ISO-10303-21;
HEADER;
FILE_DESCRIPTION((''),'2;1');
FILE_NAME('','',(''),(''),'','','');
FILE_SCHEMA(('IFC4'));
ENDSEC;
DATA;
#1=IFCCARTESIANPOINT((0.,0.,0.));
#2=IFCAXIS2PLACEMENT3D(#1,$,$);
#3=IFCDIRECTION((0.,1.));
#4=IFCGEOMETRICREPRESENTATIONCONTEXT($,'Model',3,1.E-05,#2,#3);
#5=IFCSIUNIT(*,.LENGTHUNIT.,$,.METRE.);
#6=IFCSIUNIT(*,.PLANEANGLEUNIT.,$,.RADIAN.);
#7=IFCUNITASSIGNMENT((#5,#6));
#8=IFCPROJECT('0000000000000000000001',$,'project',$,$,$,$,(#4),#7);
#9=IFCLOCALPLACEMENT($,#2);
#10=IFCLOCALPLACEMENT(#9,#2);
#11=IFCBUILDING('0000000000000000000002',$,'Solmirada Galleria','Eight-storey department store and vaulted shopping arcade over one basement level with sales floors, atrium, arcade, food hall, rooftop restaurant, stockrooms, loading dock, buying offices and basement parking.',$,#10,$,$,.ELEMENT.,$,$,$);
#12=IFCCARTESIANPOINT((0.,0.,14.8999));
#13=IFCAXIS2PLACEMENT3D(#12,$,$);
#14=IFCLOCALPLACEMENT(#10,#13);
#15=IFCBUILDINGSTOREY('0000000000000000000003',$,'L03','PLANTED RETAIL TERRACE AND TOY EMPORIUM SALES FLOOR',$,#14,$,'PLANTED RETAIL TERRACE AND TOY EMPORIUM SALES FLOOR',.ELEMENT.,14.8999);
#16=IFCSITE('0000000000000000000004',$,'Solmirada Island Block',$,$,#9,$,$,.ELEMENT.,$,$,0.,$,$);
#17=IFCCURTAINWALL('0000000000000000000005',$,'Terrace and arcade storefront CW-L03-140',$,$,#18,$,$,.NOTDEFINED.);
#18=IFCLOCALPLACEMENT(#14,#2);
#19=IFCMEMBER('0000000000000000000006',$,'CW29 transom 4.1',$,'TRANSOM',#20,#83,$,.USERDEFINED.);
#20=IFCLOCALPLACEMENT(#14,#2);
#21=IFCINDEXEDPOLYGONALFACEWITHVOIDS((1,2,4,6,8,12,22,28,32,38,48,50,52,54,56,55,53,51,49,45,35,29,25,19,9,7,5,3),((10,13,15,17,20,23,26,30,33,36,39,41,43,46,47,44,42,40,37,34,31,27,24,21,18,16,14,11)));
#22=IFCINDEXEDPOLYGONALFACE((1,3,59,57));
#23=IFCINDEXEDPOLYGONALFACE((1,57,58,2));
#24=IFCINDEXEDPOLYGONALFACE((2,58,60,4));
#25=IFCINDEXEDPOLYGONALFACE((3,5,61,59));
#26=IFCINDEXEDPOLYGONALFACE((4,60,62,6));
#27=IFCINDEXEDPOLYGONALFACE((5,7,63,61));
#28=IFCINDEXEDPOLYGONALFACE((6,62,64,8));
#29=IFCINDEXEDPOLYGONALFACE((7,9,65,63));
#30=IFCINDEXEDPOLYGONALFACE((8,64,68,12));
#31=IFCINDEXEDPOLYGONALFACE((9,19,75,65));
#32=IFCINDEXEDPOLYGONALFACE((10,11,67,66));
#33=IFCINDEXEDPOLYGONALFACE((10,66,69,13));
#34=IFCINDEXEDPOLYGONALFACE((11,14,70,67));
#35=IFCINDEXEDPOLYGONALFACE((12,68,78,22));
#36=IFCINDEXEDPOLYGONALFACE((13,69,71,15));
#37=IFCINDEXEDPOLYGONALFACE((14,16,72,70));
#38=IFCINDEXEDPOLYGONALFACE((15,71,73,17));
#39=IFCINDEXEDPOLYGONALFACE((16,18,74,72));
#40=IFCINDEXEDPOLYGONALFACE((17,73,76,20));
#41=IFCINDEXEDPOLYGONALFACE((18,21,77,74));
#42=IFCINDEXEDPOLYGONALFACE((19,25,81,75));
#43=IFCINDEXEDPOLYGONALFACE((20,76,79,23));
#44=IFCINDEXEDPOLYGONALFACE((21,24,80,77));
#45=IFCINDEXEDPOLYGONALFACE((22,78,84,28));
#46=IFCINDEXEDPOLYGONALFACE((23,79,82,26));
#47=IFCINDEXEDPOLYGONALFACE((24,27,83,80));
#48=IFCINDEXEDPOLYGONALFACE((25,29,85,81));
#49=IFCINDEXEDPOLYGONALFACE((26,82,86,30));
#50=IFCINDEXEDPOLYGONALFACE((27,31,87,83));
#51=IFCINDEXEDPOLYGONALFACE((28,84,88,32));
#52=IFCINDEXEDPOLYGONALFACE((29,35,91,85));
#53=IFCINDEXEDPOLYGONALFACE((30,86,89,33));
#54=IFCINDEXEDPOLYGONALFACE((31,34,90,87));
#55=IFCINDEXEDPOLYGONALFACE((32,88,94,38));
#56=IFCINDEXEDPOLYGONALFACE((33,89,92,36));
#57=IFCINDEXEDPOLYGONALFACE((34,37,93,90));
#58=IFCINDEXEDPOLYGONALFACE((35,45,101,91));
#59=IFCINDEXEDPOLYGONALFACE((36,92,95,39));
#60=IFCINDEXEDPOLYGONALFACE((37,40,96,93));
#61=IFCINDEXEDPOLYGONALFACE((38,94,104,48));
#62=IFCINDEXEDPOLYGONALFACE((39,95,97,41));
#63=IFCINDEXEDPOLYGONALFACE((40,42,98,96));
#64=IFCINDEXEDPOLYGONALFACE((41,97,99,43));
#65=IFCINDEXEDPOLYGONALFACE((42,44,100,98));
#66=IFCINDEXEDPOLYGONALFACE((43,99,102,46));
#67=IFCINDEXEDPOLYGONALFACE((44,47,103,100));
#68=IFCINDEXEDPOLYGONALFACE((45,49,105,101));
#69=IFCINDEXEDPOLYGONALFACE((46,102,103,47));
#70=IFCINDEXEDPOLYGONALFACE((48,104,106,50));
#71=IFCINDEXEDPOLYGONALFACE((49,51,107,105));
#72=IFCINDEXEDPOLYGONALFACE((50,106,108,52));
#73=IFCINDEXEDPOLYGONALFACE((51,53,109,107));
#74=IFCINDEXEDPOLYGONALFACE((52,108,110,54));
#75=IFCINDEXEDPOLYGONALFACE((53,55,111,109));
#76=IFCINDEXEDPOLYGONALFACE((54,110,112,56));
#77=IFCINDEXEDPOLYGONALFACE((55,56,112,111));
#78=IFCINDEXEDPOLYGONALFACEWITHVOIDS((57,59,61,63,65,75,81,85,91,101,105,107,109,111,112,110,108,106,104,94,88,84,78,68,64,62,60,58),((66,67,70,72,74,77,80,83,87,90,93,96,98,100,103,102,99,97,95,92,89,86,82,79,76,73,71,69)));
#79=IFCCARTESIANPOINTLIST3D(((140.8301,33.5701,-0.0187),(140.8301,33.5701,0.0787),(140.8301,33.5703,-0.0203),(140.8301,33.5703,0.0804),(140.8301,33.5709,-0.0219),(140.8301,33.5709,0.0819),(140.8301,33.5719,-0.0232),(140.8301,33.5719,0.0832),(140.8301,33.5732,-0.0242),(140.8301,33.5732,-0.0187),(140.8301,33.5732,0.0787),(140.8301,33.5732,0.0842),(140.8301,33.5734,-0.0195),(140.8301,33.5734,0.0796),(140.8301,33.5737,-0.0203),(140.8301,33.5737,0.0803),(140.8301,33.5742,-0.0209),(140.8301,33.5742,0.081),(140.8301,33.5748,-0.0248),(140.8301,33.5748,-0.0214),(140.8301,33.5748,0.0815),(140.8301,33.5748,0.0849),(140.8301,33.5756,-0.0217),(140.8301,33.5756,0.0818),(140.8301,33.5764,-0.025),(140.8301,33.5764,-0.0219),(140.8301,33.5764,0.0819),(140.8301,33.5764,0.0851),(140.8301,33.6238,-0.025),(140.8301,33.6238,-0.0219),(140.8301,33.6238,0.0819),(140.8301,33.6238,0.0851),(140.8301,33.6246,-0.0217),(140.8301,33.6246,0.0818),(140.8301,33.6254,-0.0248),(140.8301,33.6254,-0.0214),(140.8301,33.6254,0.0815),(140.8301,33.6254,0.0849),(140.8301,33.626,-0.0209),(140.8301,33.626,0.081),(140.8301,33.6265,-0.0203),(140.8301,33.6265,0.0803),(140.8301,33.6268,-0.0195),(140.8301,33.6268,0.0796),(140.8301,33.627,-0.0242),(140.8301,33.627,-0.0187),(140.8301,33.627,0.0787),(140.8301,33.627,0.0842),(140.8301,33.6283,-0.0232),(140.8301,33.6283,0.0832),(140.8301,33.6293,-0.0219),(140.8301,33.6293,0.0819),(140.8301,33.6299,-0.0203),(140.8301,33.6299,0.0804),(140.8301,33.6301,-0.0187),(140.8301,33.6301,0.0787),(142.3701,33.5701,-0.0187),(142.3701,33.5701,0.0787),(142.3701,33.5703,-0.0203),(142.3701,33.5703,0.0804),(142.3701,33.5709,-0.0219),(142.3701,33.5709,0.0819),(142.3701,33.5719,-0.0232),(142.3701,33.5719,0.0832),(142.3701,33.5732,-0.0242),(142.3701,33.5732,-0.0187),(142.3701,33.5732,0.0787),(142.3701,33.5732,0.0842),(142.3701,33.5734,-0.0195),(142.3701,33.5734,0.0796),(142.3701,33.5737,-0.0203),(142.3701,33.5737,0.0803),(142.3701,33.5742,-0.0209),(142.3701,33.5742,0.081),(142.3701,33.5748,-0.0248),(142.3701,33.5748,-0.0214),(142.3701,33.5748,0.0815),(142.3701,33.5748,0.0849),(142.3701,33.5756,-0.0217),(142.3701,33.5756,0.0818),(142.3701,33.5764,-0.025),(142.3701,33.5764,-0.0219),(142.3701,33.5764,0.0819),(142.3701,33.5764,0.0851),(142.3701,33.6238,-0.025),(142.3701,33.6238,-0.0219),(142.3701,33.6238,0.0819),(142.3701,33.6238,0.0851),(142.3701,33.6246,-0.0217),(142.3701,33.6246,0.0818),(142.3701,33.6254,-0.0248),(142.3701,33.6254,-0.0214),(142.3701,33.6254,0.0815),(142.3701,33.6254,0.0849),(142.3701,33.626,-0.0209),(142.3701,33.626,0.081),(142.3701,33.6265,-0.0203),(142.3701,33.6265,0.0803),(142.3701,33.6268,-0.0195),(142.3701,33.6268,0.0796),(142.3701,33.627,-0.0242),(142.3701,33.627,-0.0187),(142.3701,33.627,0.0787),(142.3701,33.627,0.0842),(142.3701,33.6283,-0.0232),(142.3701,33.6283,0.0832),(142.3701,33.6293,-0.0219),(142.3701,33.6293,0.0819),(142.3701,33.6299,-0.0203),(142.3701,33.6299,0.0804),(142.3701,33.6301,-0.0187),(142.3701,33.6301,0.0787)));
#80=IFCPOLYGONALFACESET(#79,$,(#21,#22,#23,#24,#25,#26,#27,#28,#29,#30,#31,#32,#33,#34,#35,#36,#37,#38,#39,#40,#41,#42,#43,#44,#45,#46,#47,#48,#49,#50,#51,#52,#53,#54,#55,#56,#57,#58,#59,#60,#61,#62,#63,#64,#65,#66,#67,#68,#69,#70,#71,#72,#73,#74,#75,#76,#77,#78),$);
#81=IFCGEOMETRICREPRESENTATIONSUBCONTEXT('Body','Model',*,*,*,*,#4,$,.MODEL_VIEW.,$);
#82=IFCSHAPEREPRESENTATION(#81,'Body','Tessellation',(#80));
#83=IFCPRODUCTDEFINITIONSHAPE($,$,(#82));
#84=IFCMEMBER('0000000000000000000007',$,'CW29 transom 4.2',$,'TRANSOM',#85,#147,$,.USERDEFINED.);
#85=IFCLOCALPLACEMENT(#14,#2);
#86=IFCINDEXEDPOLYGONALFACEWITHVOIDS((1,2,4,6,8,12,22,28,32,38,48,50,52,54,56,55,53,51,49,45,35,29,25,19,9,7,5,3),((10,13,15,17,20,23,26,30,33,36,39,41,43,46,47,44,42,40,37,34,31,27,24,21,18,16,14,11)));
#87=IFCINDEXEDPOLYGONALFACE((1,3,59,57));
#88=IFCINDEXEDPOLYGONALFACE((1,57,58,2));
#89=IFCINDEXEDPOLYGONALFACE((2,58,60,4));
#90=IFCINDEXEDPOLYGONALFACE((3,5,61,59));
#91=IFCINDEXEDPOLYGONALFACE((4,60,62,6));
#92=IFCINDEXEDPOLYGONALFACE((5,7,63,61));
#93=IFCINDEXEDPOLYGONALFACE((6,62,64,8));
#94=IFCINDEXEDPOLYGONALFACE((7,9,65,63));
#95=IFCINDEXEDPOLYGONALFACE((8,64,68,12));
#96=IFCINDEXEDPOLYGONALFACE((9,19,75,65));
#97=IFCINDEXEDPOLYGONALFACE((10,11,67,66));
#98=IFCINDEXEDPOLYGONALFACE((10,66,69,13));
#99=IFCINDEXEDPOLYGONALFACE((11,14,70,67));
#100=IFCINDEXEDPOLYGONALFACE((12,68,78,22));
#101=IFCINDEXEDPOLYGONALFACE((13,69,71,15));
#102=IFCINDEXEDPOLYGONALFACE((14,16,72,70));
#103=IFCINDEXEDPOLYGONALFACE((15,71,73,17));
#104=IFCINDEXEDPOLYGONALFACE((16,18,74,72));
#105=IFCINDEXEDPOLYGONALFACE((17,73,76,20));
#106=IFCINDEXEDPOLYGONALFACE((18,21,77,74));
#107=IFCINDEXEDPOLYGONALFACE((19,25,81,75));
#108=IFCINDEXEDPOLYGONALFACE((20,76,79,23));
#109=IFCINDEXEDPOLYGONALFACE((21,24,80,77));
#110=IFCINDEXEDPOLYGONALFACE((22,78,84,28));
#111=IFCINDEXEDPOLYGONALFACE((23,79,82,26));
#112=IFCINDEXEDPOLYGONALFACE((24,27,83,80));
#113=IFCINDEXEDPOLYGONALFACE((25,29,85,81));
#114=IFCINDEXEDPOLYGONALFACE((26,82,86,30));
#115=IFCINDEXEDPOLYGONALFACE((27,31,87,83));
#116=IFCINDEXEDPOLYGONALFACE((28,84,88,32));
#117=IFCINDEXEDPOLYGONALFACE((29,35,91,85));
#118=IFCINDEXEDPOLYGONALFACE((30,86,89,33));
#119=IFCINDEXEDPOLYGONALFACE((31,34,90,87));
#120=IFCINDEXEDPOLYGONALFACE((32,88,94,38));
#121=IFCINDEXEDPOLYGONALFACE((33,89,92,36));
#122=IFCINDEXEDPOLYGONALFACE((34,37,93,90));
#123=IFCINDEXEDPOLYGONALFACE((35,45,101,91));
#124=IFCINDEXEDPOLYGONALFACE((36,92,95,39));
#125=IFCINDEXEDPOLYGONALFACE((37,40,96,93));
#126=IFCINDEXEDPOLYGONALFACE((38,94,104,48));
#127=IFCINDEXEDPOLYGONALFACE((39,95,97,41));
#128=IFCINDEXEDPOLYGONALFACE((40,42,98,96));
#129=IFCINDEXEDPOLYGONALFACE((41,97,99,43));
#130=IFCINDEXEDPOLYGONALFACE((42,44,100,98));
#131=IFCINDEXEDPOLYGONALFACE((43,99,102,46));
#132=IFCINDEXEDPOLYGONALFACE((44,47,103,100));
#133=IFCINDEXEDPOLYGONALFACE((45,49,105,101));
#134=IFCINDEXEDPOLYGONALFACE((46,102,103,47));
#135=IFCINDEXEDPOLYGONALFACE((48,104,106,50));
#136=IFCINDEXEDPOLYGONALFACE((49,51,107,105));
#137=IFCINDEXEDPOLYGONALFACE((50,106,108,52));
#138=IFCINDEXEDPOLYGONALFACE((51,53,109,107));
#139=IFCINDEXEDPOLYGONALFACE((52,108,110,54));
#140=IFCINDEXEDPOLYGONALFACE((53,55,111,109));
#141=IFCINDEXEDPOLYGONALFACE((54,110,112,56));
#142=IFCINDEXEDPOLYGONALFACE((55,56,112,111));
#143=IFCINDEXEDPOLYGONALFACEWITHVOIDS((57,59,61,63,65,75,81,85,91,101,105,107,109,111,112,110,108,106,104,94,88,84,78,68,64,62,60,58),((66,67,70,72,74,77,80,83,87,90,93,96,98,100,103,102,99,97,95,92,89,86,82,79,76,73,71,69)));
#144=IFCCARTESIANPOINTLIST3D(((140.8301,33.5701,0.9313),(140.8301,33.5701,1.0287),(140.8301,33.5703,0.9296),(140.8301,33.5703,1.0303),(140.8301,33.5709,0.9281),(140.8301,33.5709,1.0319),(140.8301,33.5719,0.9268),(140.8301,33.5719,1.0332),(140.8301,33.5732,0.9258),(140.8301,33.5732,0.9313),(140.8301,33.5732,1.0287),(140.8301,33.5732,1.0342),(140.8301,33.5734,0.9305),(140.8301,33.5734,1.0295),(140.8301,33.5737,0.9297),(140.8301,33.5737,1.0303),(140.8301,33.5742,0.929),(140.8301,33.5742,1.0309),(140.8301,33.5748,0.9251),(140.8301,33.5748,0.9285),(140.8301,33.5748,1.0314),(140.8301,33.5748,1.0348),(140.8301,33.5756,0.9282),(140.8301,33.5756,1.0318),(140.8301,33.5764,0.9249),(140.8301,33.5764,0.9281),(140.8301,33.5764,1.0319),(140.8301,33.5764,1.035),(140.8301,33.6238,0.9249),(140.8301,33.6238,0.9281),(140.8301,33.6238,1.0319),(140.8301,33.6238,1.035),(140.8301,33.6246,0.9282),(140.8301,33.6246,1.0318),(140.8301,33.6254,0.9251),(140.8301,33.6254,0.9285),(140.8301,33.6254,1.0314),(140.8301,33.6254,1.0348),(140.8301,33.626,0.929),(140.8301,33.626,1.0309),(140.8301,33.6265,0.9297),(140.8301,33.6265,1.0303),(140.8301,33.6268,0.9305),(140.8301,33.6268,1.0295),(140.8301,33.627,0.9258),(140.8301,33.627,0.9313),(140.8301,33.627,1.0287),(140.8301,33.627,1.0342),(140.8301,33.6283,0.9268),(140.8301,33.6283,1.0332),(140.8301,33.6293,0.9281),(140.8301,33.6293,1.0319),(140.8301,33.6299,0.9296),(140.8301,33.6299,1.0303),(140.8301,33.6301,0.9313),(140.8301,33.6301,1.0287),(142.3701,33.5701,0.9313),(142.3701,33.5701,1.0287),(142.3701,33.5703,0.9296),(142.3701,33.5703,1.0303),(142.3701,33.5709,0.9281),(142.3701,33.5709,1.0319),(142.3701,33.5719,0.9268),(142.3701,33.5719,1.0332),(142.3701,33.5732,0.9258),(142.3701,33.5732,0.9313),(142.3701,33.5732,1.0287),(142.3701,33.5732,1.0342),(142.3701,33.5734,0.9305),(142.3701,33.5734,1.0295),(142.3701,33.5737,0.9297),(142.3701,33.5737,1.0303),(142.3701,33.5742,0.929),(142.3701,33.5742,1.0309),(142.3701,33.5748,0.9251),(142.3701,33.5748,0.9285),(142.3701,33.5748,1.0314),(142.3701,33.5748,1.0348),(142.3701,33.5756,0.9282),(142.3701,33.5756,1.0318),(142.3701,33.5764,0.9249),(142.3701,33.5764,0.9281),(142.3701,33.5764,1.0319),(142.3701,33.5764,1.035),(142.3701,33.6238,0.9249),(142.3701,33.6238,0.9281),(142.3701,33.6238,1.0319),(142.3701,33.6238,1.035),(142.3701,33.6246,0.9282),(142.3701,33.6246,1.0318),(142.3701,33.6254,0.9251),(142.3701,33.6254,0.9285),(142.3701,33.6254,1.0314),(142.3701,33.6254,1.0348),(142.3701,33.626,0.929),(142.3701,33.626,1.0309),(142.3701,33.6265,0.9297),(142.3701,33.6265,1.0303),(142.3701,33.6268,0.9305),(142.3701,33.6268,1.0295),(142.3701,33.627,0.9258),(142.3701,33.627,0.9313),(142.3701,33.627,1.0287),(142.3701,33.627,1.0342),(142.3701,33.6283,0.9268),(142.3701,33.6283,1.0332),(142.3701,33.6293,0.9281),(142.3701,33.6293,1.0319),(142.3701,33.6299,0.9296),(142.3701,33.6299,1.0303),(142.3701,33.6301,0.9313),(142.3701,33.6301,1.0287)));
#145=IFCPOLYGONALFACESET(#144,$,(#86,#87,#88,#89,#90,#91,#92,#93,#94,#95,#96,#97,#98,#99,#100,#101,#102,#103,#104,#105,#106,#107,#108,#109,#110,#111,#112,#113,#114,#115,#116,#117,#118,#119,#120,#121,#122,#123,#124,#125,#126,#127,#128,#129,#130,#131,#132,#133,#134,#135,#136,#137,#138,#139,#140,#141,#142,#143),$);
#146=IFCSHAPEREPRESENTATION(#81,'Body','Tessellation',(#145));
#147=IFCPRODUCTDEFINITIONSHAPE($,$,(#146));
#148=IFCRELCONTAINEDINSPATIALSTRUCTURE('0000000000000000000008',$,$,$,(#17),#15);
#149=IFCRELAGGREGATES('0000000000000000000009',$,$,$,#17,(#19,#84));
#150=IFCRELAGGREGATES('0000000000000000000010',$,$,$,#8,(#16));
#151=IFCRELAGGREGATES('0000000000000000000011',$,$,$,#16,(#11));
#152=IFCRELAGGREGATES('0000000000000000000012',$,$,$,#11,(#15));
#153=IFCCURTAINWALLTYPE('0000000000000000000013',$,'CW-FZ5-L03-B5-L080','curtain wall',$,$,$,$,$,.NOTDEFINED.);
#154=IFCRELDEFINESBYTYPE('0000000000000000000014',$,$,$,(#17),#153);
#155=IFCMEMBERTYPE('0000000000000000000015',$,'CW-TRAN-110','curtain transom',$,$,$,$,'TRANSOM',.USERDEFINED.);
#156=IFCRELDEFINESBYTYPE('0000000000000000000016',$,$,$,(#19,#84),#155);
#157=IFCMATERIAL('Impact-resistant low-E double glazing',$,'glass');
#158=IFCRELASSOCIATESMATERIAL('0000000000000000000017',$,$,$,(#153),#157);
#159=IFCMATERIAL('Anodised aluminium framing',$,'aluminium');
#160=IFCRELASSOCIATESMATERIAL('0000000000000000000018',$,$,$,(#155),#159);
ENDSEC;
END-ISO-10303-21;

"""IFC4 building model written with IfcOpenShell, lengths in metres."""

from ifc_helpers import new_model, si_unit, direction, frame, origin, origin_2d, place, context, subcontext, project, spatial, hollow_rectangle, extrude, material, material_profile, profile_set, type_object, element, aggregate, save


model = new_model("IFC4")

# Units and contexts
model_context = context("Model", 3, precision=1e-05, world=origin(), true_north=direction((0.0, 1.0)))
body_context = subcontext(model_context, "Body", "Model", "MODEL_VIEW")
ifc_project = project(units=[si_unit("LENGTHUNIT", "METRE"), si_unit("PLANEANGLEUNIT", "RADIAN")], contexts=[model_context])

# Site, building, storey
site_placement = place(None, origin())
site = spatial("IfcSite", under=ifc_project, at=site_placement, Name="Solmirada Island Block", CompositionType="ELEMENT", RefElevation=0.0)
building_placement = place(site_placement, origin())
building = spatial("IfcBuilding", under=site, at=building_placement, Name="Solmirada Galleria", Description="Eight-storey department store and vaulted shopping arcade over one basement level with sales floors, atrium, arcade, food hall, rooftop restaurant, stockrooms, loading dock, buying offices and basement parking.", CompositionType="ELEMENT")
storey_placement = place(building_placement, frame((0.0, 0.0, 14.8999)))
storey = spatial("IfcBuildingStorey", under=building, at=storey_placement, Name="L03", Description="PLANTED RETAIL TERRACE AND TOY EMPORIUM SALES FLOOR", LongName="PLANTED RETAIL TERRACE AND TOY EMPORIUM SALES FLOOR", CompositionType="ELEMENT", Elevation=14.8999)

# Curtain wall, members
ifc_material_1 = material(Name="Impact-resistant low-E double glazing", Category="glass")
curtain_wall_type = type_object("IfcCurtainWallType", Name="CW-FZ5-L03-B5-L080", Description="curtain wall", PredefinedType="NOTDEFINED", material=ifc_material_1)
curtain_wall_placement = place(storey_placement, origin())
curtain_wall = element("IfcCurtainWall", 1, at=curtain_wall_placement, inside=storey, type_object=curtain_wall_type, Name="Terrace and arcade storefront CW-L03-140", PredefinedType="NOTDEFINED")
ifc_material_2 = material(Name="Anodised aluminium framing", Category="aluminium")
ifc_material_profile_1 = material_profile(ifc_material_2, hollow_rectangle(XDim=0.0601, YDim=0.1101, WallThickness=0.0032, InnerFilletRadius=0.0032, OuterFilletRadius=0.0063, at=origin_2d()), Name="ALU-TRAN-110X60")
ifc_profile_set_1 = profile_set([ifc_material_profile_1], Name="Anodised aluminium framing")
member_type_1 = type_object("IfcMemberType", Name="CW-TRAN-110", Description="curtain transom", ElementType="TRANSOM", PredefinedType="USERDEFINED", material=ifc_profile_set_1)
member_1_placement = place(storey_placement, frame((140.8301, 33.6001, 0.03), z_axis=(1.0, 0.0, 0.0), x_axis=(0.0, 1.0, 0.0)))
member_1 = element("IfcMember", 2, at=member_1_placement, type_object=member_type_1, Name="CW29 transom 4.1", ObjectType="TRANSOM", PredefinedType="USERDEFINED", context=body_context, shape_type="SweptSolid", body=[
    extrude(hollow_rectangle(XDim=0.0601, YDim=0.1101, WallThickness=0.0032, InnerFilletRadius=0.0032, OuterFilletRadius=0.0063, at=origin_2d()), origin(), (0.0, 0.0, 1.0), 1.54),
])
member_2_placement = place(storey_placement, frame((140.8301, 33.6001, 0.98), z_axis=(1.0, 0.0, 0.0), x_axis=(0.0, 1.0, 0.0)))
member_2 = element("IfcMember", 3, at=member_2_placement, type_object=member_type_1, Name="CW29 transom 4.2", ObjectType="TRANSOM", PredefinedType="USERDEFINED", context=body_context, shape_type="SweptSolid", body=[
    extrude(hollow_rectangle(XDim=0.0601, YDim=0.1101, WallThickness=0.0032, InnerFilletRadius=0.0032, OuterFilletRadius=0.0063, at=origin_2d()), origin(), (0.0, 0.0, 1.0), 1.54),
])
aggregate(curtain_wall, [member_1, member_2])

save(model, "model.ifc")
